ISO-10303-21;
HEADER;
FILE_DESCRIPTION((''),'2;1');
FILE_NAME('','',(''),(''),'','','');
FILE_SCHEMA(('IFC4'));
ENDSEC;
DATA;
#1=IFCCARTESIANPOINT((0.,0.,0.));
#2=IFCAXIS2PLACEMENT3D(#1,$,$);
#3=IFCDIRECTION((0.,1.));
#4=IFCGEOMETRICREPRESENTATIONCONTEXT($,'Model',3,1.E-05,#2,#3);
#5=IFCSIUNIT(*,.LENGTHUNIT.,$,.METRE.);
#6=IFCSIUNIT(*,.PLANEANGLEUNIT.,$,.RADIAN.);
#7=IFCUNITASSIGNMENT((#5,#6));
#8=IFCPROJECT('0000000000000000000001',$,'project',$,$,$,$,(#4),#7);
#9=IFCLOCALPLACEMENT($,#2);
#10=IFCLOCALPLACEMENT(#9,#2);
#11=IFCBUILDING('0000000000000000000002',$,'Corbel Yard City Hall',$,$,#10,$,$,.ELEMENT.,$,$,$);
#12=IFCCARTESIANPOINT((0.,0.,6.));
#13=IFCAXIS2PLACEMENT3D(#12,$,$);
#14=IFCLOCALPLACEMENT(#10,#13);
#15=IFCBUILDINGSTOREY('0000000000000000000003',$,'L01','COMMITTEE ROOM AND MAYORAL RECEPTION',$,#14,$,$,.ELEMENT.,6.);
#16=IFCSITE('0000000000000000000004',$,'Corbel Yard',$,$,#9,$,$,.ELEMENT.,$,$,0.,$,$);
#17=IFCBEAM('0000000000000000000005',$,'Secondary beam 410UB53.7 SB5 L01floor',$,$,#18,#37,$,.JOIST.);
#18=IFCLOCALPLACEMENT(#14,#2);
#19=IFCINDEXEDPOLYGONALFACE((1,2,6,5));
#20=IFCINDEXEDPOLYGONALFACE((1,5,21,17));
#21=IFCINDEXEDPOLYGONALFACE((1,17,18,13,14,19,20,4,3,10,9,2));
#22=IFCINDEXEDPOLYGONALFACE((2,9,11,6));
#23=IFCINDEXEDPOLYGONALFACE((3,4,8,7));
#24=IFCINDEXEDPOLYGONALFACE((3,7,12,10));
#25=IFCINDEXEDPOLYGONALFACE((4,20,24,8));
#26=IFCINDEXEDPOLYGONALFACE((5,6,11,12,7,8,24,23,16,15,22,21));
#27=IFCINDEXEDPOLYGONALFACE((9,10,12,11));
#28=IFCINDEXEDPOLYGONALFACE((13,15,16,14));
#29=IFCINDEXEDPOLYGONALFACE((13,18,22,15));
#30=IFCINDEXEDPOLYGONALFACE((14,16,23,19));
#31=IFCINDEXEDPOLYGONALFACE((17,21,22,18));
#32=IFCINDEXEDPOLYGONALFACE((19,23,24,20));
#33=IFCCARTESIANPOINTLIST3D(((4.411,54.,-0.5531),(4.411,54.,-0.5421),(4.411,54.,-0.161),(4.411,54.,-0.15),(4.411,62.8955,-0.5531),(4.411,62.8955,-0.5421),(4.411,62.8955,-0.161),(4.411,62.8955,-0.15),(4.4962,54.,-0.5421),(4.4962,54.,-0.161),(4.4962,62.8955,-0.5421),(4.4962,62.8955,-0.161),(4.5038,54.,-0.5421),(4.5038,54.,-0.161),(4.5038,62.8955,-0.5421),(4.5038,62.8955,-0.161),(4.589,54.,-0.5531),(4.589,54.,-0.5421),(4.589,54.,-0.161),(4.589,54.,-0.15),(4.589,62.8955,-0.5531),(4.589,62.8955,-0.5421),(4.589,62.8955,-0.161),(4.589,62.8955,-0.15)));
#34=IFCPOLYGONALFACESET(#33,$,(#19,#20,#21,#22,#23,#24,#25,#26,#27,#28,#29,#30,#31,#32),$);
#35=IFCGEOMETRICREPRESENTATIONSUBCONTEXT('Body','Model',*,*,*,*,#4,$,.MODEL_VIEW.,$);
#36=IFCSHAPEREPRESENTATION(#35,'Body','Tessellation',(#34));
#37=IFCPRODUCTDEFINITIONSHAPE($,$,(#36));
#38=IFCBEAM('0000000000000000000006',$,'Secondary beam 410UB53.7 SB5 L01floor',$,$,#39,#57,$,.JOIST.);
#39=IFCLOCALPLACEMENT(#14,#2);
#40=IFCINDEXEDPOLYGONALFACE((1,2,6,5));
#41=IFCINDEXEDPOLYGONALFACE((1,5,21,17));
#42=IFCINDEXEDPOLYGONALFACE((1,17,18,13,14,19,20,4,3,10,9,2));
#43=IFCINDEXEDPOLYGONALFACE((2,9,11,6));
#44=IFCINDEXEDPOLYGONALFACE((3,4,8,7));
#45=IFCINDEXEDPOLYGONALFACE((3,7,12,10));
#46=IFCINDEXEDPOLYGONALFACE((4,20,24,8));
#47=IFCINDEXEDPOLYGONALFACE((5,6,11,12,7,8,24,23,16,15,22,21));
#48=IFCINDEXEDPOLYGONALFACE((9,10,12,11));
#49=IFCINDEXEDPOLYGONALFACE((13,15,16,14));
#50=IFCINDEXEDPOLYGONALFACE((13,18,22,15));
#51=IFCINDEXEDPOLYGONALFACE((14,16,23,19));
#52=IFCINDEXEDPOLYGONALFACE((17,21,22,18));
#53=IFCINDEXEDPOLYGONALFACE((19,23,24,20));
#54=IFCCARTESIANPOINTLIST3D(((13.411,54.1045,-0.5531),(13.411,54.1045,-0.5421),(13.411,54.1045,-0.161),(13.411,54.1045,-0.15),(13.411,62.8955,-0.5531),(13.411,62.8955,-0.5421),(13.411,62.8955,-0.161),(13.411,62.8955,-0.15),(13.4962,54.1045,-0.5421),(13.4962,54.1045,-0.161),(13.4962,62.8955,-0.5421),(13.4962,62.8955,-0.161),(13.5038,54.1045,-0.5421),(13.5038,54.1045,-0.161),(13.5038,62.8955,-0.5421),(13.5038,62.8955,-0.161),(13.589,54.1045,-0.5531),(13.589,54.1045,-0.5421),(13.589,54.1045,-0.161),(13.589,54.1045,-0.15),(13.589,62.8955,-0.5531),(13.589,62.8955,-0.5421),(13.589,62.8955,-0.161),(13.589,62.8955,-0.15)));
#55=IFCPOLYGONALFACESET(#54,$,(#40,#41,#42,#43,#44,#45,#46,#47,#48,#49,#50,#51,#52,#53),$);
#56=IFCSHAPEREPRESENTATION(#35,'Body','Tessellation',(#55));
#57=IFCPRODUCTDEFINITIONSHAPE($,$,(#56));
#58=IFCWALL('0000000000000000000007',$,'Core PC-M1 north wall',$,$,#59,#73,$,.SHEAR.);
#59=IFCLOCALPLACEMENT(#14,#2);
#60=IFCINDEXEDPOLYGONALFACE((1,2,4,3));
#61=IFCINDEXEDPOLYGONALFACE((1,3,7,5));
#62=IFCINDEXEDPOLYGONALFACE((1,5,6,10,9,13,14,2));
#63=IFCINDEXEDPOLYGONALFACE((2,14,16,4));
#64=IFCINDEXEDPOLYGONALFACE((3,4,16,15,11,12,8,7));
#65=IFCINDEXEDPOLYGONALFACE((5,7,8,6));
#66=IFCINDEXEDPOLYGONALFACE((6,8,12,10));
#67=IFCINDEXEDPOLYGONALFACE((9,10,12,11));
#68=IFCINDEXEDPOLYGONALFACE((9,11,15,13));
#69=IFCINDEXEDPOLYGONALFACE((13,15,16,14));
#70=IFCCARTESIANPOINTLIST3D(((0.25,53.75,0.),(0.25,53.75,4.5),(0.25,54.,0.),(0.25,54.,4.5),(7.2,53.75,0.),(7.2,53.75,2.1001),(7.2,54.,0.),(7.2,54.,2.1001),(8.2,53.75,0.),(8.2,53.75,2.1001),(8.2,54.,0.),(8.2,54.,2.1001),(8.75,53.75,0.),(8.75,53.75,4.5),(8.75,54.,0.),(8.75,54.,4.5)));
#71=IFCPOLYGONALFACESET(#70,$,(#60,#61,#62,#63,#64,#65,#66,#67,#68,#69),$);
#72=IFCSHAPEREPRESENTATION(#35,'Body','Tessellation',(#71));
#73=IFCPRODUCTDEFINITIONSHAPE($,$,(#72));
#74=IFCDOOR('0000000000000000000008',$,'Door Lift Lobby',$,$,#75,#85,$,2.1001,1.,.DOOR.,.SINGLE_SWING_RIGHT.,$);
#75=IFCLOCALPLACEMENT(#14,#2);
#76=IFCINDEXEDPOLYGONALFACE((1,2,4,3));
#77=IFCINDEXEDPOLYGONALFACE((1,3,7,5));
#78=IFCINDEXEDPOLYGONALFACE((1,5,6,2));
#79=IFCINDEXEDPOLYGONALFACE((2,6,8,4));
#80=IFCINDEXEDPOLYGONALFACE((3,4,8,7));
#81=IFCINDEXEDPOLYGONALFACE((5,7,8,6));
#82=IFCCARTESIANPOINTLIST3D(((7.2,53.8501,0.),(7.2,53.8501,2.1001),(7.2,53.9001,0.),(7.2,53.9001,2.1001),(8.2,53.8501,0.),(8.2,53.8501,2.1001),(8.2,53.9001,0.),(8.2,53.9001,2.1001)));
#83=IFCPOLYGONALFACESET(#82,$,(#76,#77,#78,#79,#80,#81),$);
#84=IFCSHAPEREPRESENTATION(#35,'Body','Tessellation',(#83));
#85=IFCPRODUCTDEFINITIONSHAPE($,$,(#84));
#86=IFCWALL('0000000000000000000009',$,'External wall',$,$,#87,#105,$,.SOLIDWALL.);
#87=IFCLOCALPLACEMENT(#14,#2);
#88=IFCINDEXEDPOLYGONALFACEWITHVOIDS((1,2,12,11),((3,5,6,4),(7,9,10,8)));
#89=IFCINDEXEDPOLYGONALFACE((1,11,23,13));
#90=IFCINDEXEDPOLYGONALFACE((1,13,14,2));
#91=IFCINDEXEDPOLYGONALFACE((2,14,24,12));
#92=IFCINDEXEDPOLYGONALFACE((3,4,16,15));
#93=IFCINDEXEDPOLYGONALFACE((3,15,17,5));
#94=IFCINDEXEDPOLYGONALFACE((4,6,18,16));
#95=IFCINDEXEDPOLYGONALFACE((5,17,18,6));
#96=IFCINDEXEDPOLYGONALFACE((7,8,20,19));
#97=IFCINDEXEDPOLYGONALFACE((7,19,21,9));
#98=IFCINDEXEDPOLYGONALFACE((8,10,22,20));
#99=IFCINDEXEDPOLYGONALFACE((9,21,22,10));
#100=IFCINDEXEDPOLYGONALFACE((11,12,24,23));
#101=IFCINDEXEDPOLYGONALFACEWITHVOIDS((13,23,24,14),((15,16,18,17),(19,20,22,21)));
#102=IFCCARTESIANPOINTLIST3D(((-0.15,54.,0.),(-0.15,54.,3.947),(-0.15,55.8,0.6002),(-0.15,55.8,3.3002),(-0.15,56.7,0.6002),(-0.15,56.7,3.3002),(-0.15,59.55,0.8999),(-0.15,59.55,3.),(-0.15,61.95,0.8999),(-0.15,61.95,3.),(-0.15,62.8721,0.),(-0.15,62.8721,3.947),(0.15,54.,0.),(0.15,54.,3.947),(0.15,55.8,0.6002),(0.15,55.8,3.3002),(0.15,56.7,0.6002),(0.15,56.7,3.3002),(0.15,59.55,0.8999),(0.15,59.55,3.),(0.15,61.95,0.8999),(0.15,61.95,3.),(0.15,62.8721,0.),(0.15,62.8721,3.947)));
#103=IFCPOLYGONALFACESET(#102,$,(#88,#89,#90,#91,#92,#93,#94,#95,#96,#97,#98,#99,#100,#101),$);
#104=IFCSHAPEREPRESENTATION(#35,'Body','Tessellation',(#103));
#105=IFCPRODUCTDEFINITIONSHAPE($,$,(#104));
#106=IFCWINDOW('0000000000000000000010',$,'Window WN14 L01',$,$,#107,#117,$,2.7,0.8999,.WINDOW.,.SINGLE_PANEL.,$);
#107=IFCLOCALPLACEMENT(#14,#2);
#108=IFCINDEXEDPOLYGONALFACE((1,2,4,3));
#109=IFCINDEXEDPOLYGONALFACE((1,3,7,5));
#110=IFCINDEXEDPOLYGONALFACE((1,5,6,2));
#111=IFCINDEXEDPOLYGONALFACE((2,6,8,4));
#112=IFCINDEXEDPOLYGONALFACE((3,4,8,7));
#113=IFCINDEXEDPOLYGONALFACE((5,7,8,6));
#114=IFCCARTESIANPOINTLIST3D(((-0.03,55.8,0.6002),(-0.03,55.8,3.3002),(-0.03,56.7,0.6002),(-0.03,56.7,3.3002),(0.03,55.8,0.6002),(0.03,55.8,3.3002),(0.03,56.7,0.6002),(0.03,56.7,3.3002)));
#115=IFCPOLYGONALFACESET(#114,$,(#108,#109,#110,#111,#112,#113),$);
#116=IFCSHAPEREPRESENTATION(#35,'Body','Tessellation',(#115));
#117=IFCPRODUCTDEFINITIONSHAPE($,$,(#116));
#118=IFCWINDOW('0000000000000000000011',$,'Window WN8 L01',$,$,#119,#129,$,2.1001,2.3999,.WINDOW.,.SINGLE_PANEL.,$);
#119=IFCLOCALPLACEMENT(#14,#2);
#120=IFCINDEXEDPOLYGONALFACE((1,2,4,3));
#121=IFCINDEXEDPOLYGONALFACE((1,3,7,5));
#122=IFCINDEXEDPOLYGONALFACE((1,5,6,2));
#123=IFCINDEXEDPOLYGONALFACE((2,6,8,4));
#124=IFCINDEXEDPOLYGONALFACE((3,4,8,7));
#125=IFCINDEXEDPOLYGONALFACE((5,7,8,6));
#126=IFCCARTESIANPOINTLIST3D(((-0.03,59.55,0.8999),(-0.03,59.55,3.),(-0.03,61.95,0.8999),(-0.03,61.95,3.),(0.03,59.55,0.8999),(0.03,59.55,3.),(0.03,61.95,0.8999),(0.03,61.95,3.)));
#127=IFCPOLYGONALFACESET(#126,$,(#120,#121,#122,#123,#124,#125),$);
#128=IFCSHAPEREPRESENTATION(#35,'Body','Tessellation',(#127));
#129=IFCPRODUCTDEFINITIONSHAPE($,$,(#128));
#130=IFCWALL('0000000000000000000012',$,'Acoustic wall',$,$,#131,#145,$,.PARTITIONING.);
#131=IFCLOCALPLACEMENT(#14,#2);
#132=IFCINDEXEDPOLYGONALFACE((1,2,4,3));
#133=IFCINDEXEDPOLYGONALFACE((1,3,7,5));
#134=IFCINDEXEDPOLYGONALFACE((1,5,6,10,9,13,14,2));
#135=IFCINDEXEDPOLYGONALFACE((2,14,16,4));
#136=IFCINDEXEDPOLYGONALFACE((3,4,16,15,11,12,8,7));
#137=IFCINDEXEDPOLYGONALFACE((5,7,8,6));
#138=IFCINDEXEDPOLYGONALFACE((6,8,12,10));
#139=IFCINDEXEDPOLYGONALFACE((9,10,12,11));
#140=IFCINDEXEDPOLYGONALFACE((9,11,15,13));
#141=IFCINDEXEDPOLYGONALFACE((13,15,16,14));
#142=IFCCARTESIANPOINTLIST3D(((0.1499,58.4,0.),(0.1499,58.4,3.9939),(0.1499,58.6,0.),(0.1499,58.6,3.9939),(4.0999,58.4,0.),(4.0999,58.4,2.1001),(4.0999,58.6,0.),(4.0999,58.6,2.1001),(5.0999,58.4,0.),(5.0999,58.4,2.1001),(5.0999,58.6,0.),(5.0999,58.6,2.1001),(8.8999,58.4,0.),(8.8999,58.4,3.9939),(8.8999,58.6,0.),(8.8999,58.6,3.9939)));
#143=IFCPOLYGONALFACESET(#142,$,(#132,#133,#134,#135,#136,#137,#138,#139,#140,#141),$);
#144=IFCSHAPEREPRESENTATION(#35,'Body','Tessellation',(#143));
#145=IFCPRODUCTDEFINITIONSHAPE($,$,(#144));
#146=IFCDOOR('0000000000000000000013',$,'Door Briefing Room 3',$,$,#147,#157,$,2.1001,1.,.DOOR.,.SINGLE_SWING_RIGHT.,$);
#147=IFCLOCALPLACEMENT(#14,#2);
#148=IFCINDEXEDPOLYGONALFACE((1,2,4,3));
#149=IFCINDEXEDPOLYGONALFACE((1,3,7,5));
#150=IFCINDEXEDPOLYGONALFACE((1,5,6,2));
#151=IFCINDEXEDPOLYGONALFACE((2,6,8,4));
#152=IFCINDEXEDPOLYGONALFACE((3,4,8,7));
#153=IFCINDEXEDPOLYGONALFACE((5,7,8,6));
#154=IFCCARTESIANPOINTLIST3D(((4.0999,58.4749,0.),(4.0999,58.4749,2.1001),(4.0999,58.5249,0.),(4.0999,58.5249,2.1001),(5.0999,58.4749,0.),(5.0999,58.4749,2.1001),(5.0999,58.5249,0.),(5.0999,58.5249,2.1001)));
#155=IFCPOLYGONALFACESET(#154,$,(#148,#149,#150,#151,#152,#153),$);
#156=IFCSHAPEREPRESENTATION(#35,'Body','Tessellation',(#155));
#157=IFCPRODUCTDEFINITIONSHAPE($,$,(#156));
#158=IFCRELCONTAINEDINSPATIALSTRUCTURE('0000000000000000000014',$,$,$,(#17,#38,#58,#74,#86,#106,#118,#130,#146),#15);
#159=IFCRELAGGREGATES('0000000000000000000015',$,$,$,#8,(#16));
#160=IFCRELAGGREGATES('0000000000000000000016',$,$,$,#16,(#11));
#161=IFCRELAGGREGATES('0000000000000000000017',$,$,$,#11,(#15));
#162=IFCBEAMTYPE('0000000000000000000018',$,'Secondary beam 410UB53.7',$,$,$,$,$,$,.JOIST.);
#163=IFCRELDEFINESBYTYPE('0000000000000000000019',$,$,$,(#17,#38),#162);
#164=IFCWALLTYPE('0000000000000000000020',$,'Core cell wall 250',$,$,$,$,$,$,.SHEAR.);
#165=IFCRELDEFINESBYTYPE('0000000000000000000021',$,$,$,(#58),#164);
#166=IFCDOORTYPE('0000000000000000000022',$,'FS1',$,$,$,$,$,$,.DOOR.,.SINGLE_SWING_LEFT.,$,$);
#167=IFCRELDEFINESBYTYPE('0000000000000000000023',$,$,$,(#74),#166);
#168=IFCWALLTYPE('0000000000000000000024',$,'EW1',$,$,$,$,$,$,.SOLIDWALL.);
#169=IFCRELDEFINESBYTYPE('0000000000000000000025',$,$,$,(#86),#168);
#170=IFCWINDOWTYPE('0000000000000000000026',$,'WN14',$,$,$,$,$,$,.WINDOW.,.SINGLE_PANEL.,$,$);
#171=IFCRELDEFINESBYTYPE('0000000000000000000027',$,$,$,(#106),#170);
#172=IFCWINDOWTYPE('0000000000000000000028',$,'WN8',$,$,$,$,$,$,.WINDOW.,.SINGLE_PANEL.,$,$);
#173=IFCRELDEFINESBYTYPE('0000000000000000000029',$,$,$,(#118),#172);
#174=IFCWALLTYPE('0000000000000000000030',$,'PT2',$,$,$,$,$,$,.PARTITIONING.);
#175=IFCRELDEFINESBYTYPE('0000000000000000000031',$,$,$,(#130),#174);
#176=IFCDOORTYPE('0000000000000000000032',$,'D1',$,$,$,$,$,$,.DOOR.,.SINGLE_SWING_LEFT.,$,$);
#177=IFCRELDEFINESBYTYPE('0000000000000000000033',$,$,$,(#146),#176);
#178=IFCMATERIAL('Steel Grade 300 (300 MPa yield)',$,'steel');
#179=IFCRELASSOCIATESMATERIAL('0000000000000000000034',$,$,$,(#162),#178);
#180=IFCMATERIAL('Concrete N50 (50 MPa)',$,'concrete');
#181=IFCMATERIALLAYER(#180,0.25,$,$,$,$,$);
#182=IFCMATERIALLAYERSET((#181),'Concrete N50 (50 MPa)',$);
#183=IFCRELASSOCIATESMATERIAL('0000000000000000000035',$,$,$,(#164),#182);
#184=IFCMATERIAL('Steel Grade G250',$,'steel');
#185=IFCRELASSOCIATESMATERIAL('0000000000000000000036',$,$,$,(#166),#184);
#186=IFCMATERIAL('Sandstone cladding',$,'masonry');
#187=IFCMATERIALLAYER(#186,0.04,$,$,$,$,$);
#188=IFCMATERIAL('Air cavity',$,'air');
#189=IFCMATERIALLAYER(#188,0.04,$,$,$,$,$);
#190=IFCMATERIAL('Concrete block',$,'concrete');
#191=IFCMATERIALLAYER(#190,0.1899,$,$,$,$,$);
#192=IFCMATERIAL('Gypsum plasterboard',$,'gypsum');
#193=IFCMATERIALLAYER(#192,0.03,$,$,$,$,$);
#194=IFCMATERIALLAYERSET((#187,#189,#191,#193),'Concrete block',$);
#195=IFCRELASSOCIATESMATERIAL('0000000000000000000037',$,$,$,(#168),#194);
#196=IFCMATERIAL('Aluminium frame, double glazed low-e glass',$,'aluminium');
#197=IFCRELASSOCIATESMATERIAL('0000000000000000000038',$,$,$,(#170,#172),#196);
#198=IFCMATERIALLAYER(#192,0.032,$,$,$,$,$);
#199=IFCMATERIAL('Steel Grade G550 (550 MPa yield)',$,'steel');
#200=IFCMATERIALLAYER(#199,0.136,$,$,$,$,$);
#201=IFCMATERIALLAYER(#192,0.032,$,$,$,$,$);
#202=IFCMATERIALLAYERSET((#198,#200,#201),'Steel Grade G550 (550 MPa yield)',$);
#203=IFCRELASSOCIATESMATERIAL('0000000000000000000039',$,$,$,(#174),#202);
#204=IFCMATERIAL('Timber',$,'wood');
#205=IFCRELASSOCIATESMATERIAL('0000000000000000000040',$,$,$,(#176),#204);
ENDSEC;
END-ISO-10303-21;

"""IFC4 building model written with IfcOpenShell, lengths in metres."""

from ifc_helpers import new_model, si_unit, direction, frame, frame_2d, origin, origin_2d, place, context, subcontext, project, spatial, rectangle, i_section, extrude, material, layer, layer_set, material_profile, profile_set, type_object, element, fill, save


model = new_model("IFC4")

# Units and contexts
model_context = context("Model", 3, precision=1e-05, world=origin(), true_north=direction((0.0, 1.0)))
body_context = subcontext(model_context, "Body", "Model", "MODEL_VIEW")
ifc_project = project(units=[si_unit("LENGTHUNIT", "METRE"), si_unit("PLANEANGLEUNIT", "RADIAN")], contexts=[model_context])

# Site, building, storey
site_placement = place(None, origin())
site = spatial("IfcSite", under=ifc_project, at=site_placement, Name="Corbel Yard", CompositionType="ELEMENT", RefElevation=0.0)
building_placement = place(site_placement, origin())
building = spatial("IfcBuilding", under=site, at=building_placement, Name="Corbel Yard City Hall", CompositionType="ELEMENT")
storey_placement = place(building_placement, frame((0.0, 0.0, 6.0)))
storey = spatial("IfcBuildingStorey", under=building, at=storey_placement, Name="L01", Description="COMMITTEE ROOM AND MAYORAL RECEPTION", CompositionType="ELEMENT", Elevation=6.0)

# Shared definitions
ifc_material_1 = material(Name="Steel Grade 300 (300 MPa yield)", Category="steel")

# Beams
ifc_material_profile_1 = material_profile(ifc_material_1, i_section(OverallWidth=0.178, OverallDepth=0.4031, WebThickness=0.0076, FlangeThickness=0.011, at=origin_2d()), Name="410UB53.7")
ifc_profile_set_1 = profile_set([ifc_material_profile_1], Name="Steel Grade 300 (300 MPa yield)")
beam_type_1 = type_object("IfcBeamType", Name="Secondary beam 410UB53.7", PredefinedType="JOIST", material=ifc_profile_set_1)
beam_1_placement = place(storey_placement, frame((4.5, 54.0, -0.3516), z_axis=(0.0, 1.0, 0.0), x_axis=(-1.0, 0.0, 0.0)))
element("IfcBeam", 1, at=beam_1_placement, inside=storey, type_object=beam_type_1, Name="Secondary beam 410UB53.7 SB5 L01floor", PredefinedType="JOIST", context=body_context, shape_type="SweptSolid", body=[
    extrude(i_section(OverallWidth=0.178, OverallDepth=0.4031, WebThickness=0.0076, FlangeThickness=0.011, at=origin_2d()), origin(), (0.0, 0.0, 1.0), 8.8955),
])
beam_2_placement = place(storey_placement, frame((13.5, 54.1045, -0.3516), z_axis=(0.0, 1.0, 0.0), x_axis=(-1.0, 0.0, 0.0)))
element("IfcBeam", 2, at=beam_2_placement, inside=storey, type_object=beam_type_1, Name="Secondary beam 410UB53.7 SB5 L01floor", PredefinedType="JOIST", context=body_context, shape_type="SweptSolid", body=[
    extrude(i_section(OverallWidth=0.178, OverallDepth=0.4031, WebThickness=0.0076, FlangeThickness=0.011, at=origin_2d()), origin(), (0.0, 0.0, 1.0), 8.791),
])

# Wall, opening, door
ifc_material_2 = material(Name="Concrete N50 (50 MPa)", Category="concrete")
ifc_layer_1 = layer(ifc_material_2, 0.25)
ifc_layer_set_1 = layer_set([ifc_layer_1], Name="Concrete N50 (50 MPa)")
wall_type_1 = type_object("IfcWallType", Name="Core cell wall 250", PredefinedType="SHEAR", material=ifc_layer_set_1)
wall_1_placement = place(storey_placement, frame((0.25, 53.875, 0.0), z_axis=(0.0, 0.0, 1.0), x_axis=(1.0, 0.0, 0.0)))
wall_1 = element("IfcWall", 3, at=wall_1_placement, inside=storey, type_object=wall_type_1, Name="Core PC-M1 north wall", PredefinedType="SHEAR", context=body_context, shape_type="SweptSolid", body=[
    extrude(rectangle(XDim=8.5, YDim=0.25, at=frame_2d((4.25, 0.0))), origin(), (0.0, 0.0, 1.0), 4.5),
])
opening_1_placement = place(wall_1_placement, frame((6.95, 0.0, 0.0)))
opening_1 = element("IfcOpeningElement", 4, at=opening_1_placement, cuts=wall_1, PredefinedType="OPENING", context=body_context, shape_type="SweptSolid", body=[
    extrude(rectangle(XDim=1.0, YDim=2.1001, at=frame_2d((0.5, 1.05))), frame((0.0, 0.135, 0.0), z_axis=(0.0, -1.0, 0.0), x_axis=(1.0, 0.0, 0.0)), (0.0, 0.0, 1.0), 0.27),
])
ifc_material_3 = material(Name="Steel Grade G250", Category="steel")
door_type_1 = type_object("IfcDoorType", Name="FS1", OperationType="SINGLE_SWING_LEFT", PredefinedType="DOOR", material=ifc_material_3)
door_1_placement = place(opening_1_placement, frame((1.0, 0.0, 0.0), z_axis=(0.0, 0.0, 1.0), x_axis=(-1.0, 0.0, 0.0)))
door_1 = element("IfcDoor", 5, at=door_1_placement, inside=storey, type_object=door_type_1, Name="Door Lift Lobby", OperationType="SINGLE_SWING_RIGHT", OverallHeight=2.1001, OverallWidth=1.0, PredefinedType="DOOR", context=body_context, shape_type="SweptSolid", body=[
    extrude(rectangle(XDim=1.0, YDim=2.1001, at=frame_2d((0.5, 1.05))), frame((0.0, 0.0249, 0.0), z_axis=(0.0, -1.0, 0.0), x_axis=(1.0, 0.0, 0.0)), (0.0, 0.0, 1.0), 0.05),
])
fill(opening_1, door_1)

# Wall, openings, windows
ifc_material_4 = material(Name="Sandstone cladding", Category="masonry")
ifc_layer_2 = layer(ifc_material_4, 0.04)
ifc_material_5 = material(Name="Air cavity", Category="air")
ifc_layer_3 = layer(ifc_material_5, 0.04)
ifc_material_6 = material(Name="Concrete block", Category="concrete")
ifc_layer_4 = layer(ifc_material_6, 0.1899)
ifc_material_7 = material(Name="Gypsum plasterboard", Category="gypsum")
ifc_layer_5 = layer(ifc_material_7, 0.03)
ifc_layer_set_2 = layer_set([ifc_layer_2, ifc_layer_3, ifc_layer_4, ifc_layer_5], Name="Concrete block")
wall_type_2 = type_object("IfcWallType", Name="EW1", PredefinedType="SOLIDWALL", material=ifc_layer_set_2)
wall_2_placement = place(storey_placement, frame((0.0, 54.0, 0.0), z_axis=(0.0, 0.0, 1.0), x_axis=(0.0, 1.0, 0.0)))
wall_2 = element("IfcWall", 6, at=wall_2_placement, inside=storey, type_object=wall_type_2, Name="External wall", PredefinedType="SOLIDWALL", context=body_context, shape_type="SweptSolid", body=[
    extrude(rectangle(XDim=8.8721, YDim=0.3, at=frame_2d((4.436, 0.0))), origin(), (0.0, 0.0, 1.0), 3.947),
])
opening_2_placement = place(wall_2_placement, frame((1.8, 0.0, 0.6001)))
opening_2 = element("IfcOpeningElement", 7, at=opening_2_placement, cuts=wall_2, PredefinedType="OPENING", context=body_context, shape_type="SweptSolid", body=[
    extrude(rectangle(XDim=0.8999, YDim=2.7, at=frame_2d((0.45, 1.3501))), frame((0.0, 0.1599, 0.0), z_axis=(0.0, -1.0, 0.0), x_axis=(1.0, 0.0, 0.0)), (0.0, 0.0, 1.0), 0.3201),
])
opening_3_placement = place(wall_2_placement, frame((5.55, 0.0, 0.8999)))
opening_3 = element("IfcOpeningElement", 8, at=opening_3_placement, cuts=wall_2, PredefinedType="OPENING", context=body_context, shape_type="SweptSolid", body=[
    extrude(rectangle(XDim=2.3999, YDim=2.1001, at=frame_2d((1.2, 1.05))), frame((0.0, 0.1599, 0.0), z_axis=(0.0, -1.0, 0.0), x_axis=(1.0, 0.0, 0.0)), (0.0, 0.0, 1.0), 0.3201),
])
ifc_material_8 = material(Name="Aluminium frame, double glazed low-e glass", Category="aluminium")
window_type_1 = type_object("IfcWindowType", Name="WN14", PartitioningType="SINGLE_PANEL", PredefinedType="WINDOW", material=ifc_material_8)
window_1_placement = place(opening_2_placement, origin())
window_1 = element("IfcWindow", 9, at=window_1_placement, inside=storey, type_object=window_type_1, Name="Window WN14 L01", OverallHeight=2.7, OverallWidth=0.8999, PartitioningType="SINGLE_PANEL", PredefinedType="WINDOW", context=body_context, shape_type="SweptSolid", body=[
    extrude(rectangle(XDim=0.8999, YDim=2.7, at=frame_2d((0.45, 1.3501))), frame((0.0, 0.03, 0.0), z_axis=(0.0, -1.0, 0.0), x_axis=(1.0, 0.0, 0.0)), (0.0, 0.0, 1.0), 0.0601),
])
fill(opening_2, window_1)
window_type_2 = type_object("IfcWindowType", Name="WN8", PartitioningType="SINGLE_PANEL", PredefinedType="WINDOW", material=ifc_material_8)
window_2_placement = place(opening_3_placement, origin())
window_2 = element("IfcWindow", 10, at=window_2_placement, inside=storey, type_object=window_type_2, Name="Window WN8 L01", OverallHeight=2.1001, OverallWidth=2.3999, PartitioningType="SINGLE_PANEL", PredefinedType="WINDOW", context=body_context, shape_type="SweptSolid", body=[
    extrude(rectangle(XDim=2.3999, YDim=2.1001, at=frame_2d((1.2, 1.05))), frame((0.0, 0.03, 0.0), z_axis=(0.0, -1.0, 0.0), x_axis=(1.0, 0.0, 0.0)), (0.0, 0.0, 1.0), 0.0601),
])
fill(opening_3, window_2)

# Wall, opening, door
ifc_layer_6 = layer(ifc_material_7, 0.032)
ifc_material_9 = material(Name="Steel Grade G550 (550 MPa yield)", Category="steel")
ifc_layer_7 = layer(ifc_material_9, 0.136)
ifc_layer_8 = layer(ifc_material_7, 0.032)
ifc_layer_set_3 = layer_set([ifc_layer_6, ifc_layer_7, ifc_layer_8], Name="Steel Grade G550 (550 MPa yield)")
wall_type_3 = type_object("IfcWallType", Name="PT2", PredefinedType="PARTITIONING", material=ifc_layer_set_3)
wall_3_placement = place(storey_placement, frame((0.1499, 58.5, 0.0), z_axis=(0.0, 0.0, 1.0), x_axis=(1.0, 0.0, 0.0)))
wall_3 = element("IfcWall", 11, at=wall_3_placement, inside=storey, type_object=wall_type_3, Name="Acoustic wall", PredefinedType="PARTITIONING", context=body_context, shape_type="SweptSolid", body=[
    extrude(rectangle(XDim=8.75, YDim=0.2, at=frame_2d((4.375, 0.0))), origin(), (0.0, 0.0, 1.0), 3.9939),
])
opening_4_placement = place(wall_3_placement, frame((3.95, 0.0, 0.0)))
opening_4 = element("IfcOpeningElement", 12, at=opening_4_placement, cuts=wall_3, PredefinedType="OPENING", context=body_context, shape_type="SweptSolid", body=[
    extrude(rectangle(XDim=1.0, YDim=2.1001, at=frame_2d((0.5, 1.05))), frame((0.0, 0.1099, 0.0), z_axis=(0.0, -1.0, 0.0), x_axis=(1.0, 0.0, 0.0)), (0.0, 0.0, 1.0), 0.22),
])
ifc_material_10 = material(Name="Timber", Category="wood")
door_type_2 = type_object("IfcDoorType", Name="D1", OperationType="SINGLE_SWING_LEFT", PredefinedType="DOOR", material=ifc_material_10)
door_2_placement = place(opening_4_placement, origin())
door_2 = element("IfcDoor", 13, at=door_2_placement, inside=storey, type_object=door_type_2, Name="Door Briefing Room 3", OperationType="SINGLE_SWING_RIGHT", OverallHeight=2.1001, OverallWidth=1.0, PredefinedType="DOOR", context=body_context, shape_type="SweptSolid", body=[
    extrude(rectangle(XDim=1.0, YDim=2.1001, at=frame_2d((0.5, 1.05))), frame((0.0, 0.0249, 0.0), z_axis=(0.0, -1.0, 0.0), x_axis=(1.0, 0.0, 0.0)), (0.0, 0.0, 1.0), 0.05),
])
fill(opening_4, door_2)

save(model, "model.ifc")
